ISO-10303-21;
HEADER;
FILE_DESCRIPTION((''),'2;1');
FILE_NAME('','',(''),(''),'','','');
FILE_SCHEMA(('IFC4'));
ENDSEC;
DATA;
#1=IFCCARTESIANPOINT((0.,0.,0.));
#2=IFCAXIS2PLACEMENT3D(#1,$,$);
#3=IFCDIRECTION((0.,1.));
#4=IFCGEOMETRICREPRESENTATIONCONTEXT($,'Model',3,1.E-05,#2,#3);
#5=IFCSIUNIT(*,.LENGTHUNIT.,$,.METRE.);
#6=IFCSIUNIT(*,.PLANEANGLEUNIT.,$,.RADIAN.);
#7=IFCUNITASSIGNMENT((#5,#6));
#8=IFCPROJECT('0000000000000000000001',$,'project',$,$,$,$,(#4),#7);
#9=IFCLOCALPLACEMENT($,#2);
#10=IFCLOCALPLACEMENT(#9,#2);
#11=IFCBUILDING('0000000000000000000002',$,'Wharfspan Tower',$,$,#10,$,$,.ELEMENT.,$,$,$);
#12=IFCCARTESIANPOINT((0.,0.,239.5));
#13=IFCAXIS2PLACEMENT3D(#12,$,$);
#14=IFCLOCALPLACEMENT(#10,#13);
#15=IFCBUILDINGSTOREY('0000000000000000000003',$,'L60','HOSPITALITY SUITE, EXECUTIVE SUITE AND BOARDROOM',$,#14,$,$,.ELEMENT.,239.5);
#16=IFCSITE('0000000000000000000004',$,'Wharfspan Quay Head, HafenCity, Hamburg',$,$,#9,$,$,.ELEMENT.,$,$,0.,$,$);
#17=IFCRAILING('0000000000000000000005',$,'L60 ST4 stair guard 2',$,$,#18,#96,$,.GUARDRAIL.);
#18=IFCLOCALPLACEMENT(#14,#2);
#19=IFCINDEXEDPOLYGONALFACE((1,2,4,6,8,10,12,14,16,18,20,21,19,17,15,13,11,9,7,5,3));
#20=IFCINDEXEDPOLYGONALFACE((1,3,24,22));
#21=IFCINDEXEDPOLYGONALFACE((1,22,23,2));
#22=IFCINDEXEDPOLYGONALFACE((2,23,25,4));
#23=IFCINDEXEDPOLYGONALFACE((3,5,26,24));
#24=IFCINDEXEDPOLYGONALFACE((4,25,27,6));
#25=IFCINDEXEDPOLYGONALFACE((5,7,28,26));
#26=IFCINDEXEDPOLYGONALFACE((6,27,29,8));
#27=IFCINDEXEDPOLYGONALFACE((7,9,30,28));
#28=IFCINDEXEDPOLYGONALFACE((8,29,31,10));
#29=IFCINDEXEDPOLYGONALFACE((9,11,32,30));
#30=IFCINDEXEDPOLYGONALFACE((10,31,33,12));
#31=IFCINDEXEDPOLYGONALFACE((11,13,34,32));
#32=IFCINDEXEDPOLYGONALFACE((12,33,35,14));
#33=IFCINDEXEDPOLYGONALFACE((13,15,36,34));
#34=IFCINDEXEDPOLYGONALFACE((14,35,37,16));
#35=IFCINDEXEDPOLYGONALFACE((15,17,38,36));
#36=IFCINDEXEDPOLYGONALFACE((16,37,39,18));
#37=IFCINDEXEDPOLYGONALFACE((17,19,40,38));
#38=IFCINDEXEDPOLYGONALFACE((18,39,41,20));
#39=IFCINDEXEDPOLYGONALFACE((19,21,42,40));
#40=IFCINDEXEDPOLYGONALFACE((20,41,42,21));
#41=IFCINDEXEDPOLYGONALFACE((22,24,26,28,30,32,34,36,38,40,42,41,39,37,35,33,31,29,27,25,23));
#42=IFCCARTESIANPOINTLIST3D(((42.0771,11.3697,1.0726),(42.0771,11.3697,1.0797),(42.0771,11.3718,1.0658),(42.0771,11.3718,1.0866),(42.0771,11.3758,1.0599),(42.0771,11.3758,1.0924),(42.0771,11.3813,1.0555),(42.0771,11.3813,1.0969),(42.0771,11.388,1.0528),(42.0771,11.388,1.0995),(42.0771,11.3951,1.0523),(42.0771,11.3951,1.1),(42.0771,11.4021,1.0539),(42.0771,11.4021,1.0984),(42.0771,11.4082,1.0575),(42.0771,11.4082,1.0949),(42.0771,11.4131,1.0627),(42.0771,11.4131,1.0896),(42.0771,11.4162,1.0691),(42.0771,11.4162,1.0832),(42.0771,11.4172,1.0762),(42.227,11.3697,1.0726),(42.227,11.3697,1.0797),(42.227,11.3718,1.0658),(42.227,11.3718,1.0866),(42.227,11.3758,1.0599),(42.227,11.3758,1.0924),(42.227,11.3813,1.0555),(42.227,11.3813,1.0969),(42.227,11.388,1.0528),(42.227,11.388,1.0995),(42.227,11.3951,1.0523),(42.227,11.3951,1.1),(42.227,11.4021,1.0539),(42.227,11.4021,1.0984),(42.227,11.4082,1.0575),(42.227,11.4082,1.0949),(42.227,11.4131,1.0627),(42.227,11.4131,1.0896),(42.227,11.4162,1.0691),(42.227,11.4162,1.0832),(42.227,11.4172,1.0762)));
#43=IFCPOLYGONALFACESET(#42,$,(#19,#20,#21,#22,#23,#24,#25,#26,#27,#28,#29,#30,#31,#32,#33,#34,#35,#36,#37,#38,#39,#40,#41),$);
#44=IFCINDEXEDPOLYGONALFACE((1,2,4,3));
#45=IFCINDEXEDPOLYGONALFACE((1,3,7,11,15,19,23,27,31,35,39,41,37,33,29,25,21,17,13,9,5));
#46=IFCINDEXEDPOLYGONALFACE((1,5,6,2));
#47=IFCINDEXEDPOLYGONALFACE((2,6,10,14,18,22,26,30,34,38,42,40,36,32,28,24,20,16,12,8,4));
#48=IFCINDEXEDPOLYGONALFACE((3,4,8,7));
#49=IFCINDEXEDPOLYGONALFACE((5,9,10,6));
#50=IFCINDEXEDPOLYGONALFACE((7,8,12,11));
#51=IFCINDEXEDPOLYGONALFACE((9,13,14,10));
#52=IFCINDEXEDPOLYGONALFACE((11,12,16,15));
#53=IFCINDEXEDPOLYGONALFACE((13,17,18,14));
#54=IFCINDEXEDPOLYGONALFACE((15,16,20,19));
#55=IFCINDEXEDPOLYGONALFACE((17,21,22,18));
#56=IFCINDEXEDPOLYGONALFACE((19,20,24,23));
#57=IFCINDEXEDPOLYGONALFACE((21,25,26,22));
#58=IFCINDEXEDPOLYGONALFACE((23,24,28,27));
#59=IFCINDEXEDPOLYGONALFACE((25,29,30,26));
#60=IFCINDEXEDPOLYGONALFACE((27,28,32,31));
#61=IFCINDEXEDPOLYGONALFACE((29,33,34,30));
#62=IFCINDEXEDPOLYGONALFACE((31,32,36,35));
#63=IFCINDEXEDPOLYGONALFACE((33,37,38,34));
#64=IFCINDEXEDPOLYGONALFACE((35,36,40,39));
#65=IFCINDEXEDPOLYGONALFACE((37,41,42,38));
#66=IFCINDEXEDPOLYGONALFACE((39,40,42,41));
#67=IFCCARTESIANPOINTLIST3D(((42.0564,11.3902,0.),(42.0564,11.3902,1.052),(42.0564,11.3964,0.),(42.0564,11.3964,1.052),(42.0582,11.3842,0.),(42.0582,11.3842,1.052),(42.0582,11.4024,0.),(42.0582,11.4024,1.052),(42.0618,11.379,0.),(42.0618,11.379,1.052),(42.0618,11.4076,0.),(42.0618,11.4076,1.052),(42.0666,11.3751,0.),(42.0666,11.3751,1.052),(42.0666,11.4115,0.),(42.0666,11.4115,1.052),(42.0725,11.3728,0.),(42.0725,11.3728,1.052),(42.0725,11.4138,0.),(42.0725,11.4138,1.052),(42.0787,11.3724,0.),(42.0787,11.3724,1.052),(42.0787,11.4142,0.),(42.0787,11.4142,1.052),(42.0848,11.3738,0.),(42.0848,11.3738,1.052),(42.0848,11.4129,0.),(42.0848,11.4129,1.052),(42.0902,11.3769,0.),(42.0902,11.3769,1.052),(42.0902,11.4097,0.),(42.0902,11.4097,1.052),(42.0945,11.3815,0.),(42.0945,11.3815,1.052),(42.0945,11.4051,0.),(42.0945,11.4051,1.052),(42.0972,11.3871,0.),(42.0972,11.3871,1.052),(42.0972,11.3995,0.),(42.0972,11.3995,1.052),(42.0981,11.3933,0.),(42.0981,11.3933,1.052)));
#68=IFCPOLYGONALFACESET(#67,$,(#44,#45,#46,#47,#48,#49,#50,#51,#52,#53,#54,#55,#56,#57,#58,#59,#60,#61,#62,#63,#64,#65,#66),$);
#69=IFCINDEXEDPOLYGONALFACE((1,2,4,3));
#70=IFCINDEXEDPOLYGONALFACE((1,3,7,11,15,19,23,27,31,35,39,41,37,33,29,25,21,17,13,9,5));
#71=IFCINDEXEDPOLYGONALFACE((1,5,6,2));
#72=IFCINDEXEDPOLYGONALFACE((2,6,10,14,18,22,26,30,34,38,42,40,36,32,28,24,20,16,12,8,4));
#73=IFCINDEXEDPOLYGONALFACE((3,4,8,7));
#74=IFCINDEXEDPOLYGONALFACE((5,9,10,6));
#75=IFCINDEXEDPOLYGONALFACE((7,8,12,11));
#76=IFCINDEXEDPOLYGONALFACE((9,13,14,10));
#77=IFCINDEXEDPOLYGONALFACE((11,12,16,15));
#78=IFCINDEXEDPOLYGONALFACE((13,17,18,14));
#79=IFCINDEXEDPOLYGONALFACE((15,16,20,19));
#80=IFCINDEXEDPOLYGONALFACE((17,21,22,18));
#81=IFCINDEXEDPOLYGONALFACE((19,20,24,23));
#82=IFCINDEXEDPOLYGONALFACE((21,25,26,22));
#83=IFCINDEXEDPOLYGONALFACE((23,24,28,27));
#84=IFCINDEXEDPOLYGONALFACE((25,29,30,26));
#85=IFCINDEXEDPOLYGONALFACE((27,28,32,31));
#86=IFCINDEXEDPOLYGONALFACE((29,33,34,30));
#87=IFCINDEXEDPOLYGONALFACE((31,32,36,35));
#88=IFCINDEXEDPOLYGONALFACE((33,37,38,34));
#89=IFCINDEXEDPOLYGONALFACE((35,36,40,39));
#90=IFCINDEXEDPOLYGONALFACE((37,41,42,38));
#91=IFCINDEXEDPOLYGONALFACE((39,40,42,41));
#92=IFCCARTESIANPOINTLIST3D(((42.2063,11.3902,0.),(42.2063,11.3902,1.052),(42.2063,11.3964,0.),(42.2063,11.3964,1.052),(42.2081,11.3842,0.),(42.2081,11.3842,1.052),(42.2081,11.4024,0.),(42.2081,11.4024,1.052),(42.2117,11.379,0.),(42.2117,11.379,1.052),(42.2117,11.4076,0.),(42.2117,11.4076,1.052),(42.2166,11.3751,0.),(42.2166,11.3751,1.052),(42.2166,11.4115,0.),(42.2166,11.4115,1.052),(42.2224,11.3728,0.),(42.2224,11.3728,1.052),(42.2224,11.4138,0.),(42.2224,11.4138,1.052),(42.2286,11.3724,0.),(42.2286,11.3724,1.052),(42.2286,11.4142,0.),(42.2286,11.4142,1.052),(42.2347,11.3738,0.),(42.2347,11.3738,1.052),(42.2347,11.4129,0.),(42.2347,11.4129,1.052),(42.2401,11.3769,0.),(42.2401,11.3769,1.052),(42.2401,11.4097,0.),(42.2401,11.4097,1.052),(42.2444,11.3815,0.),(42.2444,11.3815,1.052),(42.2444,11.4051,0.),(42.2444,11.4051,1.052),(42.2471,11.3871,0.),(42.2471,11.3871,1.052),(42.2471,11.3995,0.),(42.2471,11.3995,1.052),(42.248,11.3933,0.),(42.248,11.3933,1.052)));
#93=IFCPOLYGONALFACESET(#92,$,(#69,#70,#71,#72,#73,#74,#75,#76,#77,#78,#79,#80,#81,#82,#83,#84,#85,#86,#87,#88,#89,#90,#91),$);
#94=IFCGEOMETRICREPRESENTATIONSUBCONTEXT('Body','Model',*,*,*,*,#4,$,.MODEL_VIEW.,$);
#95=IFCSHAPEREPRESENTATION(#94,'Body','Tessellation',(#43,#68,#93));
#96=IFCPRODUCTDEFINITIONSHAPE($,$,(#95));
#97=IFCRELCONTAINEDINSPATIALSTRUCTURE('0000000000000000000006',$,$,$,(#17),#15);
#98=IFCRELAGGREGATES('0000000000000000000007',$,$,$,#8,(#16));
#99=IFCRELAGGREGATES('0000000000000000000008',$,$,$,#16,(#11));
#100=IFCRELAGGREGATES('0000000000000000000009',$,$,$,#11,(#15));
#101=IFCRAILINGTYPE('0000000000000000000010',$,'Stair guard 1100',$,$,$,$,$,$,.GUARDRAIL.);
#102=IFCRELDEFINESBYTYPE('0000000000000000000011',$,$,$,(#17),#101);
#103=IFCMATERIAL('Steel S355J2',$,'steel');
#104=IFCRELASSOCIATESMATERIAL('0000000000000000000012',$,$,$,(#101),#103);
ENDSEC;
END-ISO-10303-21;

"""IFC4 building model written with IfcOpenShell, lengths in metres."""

from ifc_helpers import new_model, si_unit, direction, frame, origin, origin_2d, place, context, subcontext, project, spatial, circle, extrude, material, type_object, element, save


model = new_model("IFC4")

# Units and contexts
model_context = context("Model", 3, precision=1e-05, world=origin(), true_north=direction((0.0, 1.0)))
body_context = subcontext(model_context, "Body", "Model", "MODEL_VIEW")
ifc_project = project(units=[si_unit("LENGTHUNIT", "METRE"), si_unit("PLANEANGLEUNIT", "RADIAN")], contexts=[model_context])

# Site, building, storey
site_placement = place(None, origin())
site = spatial("IfcSite", under=ifc_project, at=site_placement, Name="Wharfspan Quay Head, HafenCity, Hamburg", CompositionType="ELEMENT", RefElevation=0.0)
building_placement = place(site_placement, origin())
building = spatial("IfcBuilding", under=site, at=building_placement, Name="Wharfspan Tower", CompositionType="ELEMENT")
storey_placement = place(building_placement, frame((0.0, 0.0, 239.5)))
storey = spatial("IfcBuildingStorey", under=building, at=storey_placement, Name="L60", Description="HOSPITALITY SUITE, EXECUTIVE SUITE AND BOARDROOM", CompositionType="ELEMENT", Elevation=239.5)

# Shared definitions
ifc_material_1 = material(Name="Steel S355J2", Category="steel")

# Railing
railing_type_1 = type_object("IfcRailingType", Name="Stair guard 1100", PredefinedType="GUARDRAIL", material=ifc_material_1)
railing_1_placement = place(storey_placement, frame((42.0771, 11.3933, 0.0)))
element("IfcRailing", 1, at=railing_1_placement, inside=storey, type_object=railing_type_1, Name="L60 ST4 stair guard 2", PredefinedType="GUARDRAIL", context=body_context, shape_type="SweptSolid", body=[
    extrude(circle(Radius=0.0239, at=origin_2d()), frame((0.0, 0.0, 1.0762), z_axis=(1.0, 0.0, 0.0), x_axis=(0.0, 1.0, 0.0)), (0.0, 0.0, 1.0), 0.1499),
    extrude(circle(Radius=0.021, at=origin_2d()), origin(), (0.0, 0.0, 1.0), 1.052),
    extrude(circle(Radius=0.021, at=origin_2d()), frame((0.1499, 0.0, 0.0)), (0.0, 0.0, 1.0), 1.052),
])

save(model, "model.ifc")
